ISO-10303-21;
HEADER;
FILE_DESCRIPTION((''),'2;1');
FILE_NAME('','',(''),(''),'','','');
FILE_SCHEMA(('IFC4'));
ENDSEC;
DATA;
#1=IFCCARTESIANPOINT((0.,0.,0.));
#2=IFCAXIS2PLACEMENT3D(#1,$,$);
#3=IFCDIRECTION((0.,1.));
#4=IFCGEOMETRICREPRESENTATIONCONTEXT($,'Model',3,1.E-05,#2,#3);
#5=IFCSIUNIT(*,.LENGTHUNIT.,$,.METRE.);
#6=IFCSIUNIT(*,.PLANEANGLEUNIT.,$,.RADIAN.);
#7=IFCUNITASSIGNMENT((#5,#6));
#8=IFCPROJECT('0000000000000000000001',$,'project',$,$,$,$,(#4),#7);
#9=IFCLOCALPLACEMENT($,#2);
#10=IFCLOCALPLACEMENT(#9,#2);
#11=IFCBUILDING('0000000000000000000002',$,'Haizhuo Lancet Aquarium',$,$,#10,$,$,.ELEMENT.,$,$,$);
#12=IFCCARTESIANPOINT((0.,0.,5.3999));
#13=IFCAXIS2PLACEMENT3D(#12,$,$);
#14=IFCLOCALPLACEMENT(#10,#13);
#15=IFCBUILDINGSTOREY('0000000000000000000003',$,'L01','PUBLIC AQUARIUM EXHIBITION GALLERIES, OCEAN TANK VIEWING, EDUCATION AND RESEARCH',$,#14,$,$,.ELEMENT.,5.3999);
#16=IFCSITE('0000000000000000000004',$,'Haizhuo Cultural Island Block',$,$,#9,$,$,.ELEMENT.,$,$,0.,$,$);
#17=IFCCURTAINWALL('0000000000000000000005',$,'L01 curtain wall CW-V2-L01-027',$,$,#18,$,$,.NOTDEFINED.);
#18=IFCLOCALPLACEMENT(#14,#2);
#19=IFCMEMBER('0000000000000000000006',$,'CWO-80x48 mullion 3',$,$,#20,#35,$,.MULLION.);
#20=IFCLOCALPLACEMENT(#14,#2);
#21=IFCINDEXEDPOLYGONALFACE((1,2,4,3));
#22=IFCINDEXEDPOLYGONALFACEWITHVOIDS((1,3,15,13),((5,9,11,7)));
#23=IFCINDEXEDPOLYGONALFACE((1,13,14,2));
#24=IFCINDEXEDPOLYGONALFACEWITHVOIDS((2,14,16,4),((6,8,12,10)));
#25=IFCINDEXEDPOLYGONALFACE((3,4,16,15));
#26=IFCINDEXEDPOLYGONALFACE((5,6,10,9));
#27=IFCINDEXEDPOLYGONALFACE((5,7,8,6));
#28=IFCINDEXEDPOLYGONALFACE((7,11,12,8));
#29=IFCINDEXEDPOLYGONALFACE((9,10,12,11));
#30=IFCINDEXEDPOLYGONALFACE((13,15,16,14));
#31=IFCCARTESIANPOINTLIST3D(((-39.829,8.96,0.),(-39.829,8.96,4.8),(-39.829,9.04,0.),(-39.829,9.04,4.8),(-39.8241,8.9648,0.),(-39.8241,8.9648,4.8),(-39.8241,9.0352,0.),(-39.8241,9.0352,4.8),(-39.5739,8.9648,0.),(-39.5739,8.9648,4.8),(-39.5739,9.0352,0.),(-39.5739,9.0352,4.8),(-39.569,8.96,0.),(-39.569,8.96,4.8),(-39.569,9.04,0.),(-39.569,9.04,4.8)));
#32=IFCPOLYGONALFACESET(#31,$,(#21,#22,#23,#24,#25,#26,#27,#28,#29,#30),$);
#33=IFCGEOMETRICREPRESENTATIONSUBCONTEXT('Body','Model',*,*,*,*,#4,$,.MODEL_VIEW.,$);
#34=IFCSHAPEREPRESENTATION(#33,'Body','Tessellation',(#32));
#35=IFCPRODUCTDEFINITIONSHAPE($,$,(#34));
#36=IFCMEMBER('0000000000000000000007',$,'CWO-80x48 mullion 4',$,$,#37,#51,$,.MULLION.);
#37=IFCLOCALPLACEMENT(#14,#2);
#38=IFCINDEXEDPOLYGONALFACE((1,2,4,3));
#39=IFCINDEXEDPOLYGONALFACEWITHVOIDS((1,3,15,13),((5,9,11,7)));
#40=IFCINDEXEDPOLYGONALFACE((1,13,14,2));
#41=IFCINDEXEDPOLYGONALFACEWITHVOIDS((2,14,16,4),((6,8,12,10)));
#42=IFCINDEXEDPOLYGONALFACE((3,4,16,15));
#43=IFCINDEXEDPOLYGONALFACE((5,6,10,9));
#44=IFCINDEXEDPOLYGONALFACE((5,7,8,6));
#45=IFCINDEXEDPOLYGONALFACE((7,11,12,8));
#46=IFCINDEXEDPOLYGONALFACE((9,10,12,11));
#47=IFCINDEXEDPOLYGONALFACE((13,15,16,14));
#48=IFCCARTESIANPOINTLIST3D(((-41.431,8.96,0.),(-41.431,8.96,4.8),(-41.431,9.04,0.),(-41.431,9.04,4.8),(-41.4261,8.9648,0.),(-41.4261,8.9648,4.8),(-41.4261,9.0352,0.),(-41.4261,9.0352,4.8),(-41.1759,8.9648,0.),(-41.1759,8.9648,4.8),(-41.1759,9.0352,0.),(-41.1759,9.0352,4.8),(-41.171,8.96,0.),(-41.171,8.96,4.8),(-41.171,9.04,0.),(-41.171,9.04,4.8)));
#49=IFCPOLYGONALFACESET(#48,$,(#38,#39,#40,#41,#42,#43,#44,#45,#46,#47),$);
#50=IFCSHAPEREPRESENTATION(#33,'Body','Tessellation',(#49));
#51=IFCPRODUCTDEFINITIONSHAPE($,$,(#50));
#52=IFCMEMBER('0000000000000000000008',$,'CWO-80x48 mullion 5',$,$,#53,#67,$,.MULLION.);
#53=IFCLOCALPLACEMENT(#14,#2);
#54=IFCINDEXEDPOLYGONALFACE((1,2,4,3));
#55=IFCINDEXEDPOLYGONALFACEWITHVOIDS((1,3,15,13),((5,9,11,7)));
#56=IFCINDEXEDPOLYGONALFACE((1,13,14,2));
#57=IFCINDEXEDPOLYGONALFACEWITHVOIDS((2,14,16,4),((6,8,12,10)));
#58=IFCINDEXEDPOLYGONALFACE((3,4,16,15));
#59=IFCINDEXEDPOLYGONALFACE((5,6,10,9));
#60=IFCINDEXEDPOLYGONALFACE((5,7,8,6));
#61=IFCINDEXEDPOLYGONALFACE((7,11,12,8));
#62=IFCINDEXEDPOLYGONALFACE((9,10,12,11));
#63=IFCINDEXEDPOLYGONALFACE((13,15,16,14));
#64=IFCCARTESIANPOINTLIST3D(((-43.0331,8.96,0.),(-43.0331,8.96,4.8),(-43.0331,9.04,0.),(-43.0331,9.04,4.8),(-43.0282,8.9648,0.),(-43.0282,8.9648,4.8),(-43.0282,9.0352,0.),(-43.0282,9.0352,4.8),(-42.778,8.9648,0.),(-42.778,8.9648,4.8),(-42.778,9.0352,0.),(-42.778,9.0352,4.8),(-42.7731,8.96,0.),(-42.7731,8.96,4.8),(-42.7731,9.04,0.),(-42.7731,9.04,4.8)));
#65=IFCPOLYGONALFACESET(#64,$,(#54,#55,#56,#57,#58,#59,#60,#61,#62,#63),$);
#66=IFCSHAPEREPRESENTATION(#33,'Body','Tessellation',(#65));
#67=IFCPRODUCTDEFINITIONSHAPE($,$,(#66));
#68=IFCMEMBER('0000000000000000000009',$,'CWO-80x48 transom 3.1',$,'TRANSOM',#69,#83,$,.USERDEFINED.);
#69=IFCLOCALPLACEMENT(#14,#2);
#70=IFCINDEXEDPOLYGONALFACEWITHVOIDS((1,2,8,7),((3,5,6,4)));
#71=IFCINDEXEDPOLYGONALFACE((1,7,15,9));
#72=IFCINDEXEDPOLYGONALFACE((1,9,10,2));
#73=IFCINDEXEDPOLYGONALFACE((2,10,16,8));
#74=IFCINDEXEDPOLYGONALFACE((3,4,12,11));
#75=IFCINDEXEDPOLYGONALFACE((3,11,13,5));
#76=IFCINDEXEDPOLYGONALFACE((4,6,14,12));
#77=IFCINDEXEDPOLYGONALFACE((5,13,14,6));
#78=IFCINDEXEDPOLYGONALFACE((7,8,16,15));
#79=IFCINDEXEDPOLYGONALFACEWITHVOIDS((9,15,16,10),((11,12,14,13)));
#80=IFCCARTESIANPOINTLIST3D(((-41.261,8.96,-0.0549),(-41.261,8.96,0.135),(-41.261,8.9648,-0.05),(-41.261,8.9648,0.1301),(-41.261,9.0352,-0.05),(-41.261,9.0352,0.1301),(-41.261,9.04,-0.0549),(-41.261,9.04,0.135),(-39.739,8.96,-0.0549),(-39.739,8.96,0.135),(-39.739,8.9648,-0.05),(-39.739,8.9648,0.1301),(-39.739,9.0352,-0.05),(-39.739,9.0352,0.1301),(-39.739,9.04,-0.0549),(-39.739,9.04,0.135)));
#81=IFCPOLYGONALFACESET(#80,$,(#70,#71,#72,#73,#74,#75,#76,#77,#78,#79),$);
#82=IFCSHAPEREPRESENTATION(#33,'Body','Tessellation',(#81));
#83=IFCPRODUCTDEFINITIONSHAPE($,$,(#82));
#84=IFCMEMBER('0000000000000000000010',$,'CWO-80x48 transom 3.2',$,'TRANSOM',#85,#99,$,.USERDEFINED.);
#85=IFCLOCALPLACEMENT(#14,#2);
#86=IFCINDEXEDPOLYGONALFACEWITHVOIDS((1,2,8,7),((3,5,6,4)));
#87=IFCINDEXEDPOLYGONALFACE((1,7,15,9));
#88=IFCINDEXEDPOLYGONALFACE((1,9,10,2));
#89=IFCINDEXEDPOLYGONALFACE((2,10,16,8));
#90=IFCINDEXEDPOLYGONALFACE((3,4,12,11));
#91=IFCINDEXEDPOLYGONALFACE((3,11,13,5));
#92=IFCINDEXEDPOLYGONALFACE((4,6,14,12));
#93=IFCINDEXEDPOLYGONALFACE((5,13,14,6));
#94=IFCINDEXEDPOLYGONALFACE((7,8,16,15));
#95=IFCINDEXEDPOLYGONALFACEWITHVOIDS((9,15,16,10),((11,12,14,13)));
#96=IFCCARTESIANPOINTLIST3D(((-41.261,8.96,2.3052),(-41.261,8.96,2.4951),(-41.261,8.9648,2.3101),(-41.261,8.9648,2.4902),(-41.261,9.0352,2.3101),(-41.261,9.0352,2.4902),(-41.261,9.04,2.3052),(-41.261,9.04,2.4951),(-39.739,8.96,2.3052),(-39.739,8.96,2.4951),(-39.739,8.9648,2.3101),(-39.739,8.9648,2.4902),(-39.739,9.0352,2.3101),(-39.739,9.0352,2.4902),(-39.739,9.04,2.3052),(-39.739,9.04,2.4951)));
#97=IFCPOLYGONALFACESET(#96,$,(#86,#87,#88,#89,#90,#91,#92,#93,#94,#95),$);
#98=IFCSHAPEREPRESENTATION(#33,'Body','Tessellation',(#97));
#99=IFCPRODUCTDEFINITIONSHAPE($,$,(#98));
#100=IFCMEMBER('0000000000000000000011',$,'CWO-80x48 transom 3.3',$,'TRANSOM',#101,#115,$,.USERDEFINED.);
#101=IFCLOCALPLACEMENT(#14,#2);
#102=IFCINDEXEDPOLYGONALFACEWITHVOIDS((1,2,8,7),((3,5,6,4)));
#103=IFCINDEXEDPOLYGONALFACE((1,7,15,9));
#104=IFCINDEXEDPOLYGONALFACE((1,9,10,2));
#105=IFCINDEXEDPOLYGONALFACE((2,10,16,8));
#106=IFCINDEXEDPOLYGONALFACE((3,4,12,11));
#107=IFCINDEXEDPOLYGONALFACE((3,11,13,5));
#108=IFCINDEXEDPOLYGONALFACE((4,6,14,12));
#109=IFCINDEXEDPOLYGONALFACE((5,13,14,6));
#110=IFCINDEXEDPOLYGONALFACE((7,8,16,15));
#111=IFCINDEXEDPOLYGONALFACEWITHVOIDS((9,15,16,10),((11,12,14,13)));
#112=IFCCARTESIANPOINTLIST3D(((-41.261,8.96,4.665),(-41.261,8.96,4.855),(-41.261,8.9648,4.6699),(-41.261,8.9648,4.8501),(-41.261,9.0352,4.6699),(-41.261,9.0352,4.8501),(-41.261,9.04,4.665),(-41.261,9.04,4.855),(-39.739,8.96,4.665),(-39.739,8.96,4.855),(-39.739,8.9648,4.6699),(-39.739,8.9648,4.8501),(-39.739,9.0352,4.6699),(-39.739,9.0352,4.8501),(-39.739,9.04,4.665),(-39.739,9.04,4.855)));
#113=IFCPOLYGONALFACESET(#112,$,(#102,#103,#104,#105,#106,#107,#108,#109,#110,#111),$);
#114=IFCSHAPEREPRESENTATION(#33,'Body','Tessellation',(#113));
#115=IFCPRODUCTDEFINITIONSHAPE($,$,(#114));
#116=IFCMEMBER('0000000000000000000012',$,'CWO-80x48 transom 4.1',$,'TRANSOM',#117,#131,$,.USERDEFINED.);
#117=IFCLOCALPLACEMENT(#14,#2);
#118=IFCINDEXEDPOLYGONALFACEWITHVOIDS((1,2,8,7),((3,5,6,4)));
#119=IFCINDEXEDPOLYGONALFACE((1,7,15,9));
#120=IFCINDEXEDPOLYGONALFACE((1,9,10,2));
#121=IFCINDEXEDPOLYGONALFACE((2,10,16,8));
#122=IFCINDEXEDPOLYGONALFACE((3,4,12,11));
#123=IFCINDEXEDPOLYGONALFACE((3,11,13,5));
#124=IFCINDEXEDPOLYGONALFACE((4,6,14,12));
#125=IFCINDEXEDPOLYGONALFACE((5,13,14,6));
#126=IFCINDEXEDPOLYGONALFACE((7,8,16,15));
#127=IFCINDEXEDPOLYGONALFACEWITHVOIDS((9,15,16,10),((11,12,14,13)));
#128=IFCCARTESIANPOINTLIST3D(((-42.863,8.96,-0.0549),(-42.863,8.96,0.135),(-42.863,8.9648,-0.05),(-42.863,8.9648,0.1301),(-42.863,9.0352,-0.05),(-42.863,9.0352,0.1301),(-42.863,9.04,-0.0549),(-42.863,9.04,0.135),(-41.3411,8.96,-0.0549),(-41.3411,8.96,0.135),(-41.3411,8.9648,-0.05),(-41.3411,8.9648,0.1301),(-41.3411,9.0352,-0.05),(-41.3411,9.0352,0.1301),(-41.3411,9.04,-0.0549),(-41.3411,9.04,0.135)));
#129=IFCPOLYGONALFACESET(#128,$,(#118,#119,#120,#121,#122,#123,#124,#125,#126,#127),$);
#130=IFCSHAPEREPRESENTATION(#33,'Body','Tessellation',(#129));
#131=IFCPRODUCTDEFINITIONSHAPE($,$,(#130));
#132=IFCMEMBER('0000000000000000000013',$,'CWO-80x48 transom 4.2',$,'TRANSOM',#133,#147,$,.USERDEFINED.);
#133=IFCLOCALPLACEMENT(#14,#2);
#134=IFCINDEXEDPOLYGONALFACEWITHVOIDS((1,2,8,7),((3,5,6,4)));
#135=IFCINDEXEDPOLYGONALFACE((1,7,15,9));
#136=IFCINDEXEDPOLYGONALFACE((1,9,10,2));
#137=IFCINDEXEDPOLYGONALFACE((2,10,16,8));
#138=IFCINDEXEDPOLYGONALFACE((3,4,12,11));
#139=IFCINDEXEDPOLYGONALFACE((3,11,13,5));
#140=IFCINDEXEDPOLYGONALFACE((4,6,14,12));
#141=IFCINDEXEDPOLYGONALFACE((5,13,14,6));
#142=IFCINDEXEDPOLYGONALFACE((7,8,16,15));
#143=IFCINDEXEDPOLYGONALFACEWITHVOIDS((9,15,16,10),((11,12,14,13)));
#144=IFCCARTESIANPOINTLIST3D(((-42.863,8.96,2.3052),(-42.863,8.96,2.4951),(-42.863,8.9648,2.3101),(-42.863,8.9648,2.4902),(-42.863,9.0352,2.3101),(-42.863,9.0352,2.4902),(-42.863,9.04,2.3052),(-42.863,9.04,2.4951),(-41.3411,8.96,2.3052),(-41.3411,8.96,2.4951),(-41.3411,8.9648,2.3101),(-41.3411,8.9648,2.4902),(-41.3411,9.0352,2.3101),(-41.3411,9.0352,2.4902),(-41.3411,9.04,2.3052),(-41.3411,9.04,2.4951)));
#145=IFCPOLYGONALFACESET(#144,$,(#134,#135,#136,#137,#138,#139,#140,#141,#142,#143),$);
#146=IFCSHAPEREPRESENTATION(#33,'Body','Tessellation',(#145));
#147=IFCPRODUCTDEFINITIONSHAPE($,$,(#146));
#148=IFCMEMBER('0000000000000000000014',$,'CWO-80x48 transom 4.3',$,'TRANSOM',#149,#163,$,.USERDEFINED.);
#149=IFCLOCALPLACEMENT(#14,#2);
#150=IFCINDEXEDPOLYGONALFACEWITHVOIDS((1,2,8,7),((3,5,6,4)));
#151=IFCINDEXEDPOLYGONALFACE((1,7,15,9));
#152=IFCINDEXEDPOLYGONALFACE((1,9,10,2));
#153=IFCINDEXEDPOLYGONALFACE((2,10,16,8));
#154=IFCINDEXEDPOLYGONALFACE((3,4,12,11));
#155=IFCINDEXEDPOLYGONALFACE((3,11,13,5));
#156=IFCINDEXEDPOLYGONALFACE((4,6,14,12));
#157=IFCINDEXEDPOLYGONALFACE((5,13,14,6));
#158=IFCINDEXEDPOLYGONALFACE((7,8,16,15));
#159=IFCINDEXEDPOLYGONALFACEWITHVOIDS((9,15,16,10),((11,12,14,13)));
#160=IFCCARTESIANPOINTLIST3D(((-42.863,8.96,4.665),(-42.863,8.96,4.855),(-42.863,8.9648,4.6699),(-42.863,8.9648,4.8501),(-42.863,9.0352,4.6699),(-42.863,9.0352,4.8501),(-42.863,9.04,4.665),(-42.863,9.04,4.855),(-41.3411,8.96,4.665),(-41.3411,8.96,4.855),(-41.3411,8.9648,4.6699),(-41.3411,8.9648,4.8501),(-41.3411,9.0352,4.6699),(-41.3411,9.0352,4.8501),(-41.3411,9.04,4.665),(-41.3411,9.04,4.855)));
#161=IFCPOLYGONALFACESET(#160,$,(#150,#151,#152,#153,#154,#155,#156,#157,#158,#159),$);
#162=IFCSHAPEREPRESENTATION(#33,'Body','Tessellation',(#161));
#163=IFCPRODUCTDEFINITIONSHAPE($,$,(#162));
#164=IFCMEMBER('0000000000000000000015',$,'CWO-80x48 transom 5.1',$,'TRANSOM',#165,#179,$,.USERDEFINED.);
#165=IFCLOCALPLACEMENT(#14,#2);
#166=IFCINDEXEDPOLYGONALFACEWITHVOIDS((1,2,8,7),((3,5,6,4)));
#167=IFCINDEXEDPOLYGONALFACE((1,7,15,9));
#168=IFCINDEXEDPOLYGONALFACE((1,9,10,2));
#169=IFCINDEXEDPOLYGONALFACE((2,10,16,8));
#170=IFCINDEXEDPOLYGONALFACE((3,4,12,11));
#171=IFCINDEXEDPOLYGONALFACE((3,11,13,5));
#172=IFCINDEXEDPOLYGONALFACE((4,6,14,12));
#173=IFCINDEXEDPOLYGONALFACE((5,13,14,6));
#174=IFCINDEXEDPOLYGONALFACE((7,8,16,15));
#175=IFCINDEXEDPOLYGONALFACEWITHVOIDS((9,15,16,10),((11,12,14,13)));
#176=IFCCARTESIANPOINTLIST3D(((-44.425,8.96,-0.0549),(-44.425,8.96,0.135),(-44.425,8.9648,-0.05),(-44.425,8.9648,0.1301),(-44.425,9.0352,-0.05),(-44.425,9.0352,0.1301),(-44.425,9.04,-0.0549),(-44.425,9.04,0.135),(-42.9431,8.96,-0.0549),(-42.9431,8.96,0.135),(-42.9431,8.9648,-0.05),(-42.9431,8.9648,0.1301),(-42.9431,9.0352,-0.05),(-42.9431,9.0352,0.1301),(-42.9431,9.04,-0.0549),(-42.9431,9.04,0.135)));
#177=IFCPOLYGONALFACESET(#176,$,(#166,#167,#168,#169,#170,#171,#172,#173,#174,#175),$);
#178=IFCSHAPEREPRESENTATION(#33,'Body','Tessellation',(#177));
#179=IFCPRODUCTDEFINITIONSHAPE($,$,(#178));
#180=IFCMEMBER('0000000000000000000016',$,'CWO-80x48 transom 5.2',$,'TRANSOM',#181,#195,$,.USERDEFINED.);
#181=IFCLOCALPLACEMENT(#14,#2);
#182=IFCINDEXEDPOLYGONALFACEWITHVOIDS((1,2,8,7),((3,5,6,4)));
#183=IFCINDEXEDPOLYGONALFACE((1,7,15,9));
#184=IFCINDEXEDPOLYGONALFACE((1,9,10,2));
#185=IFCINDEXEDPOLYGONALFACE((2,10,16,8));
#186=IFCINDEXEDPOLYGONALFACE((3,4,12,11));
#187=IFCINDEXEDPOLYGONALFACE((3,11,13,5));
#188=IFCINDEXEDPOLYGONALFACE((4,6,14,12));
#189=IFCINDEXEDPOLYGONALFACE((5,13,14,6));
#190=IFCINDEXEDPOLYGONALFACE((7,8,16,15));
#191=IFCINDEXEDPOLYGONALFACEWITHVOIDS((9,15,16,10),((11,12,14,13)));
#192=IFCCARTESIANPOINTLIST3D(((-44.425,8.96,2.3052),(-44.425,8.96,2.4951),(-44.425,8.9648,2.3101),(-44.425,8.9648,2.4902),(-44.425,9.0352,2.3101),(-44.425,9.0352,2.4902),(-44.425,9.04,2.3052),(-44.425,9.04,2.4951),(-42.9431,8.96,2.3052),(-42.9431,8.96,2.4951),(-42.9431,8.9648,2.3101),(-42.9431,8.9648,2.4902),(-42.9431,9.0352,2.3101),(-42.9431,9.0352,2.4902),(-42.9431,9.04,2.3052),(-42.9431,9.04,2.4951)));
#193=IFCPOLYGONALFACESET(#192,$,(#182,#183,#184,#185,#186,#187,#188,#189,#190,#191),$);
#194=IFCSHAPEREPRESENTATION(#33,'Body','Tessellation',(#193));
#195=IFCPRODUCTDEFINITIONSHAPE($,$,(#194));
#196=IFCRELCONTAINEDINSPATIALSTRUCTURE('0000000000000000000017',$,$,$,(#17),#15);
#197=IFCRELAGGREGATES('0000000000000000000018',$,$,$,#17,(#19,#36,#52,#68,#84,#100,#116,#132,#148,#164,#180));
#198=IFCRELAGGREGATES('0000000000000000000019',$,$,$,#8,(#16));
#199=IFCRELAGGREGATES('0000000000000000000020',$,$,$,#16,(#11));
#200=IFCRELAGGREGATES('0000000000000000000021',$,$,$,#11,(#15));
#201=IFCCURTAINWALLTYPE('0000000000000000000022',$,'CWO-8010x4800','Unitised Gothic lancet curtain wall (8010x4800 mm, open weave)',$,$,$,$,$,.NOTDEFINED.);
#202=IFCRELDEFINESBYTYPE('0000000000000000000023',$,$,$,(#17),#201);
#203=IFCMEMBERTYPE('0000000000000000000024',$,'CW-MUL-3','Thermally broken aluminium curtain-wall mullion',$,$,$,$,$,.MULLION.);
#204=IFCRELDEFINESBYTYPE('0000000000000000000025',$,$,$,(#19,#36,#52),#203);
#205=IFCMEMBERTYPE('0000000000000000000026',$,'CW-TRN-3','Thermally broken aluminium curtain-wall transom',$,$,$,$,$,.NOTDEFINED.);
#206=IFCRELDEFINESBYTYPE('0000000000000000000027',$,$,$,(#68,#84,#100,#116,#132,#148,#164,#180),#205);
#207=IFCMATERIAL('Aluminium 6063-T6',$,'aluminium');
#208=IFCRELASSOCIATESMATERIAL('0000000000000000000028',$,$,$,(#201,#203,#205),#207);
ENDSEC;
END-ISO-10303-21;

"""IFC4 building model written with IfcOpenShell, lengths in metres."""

from ifc_helpers import new_model, si_unit, direction, frame, origin, origin_2d, place, context, subcontext, project, spatial, hollow_rectangle, extrude, material, material_profile, profile_set, type_object, element, aggregate, save


model = new_model("IFC4")

# Units and contexts
model_context = context("Model", 3, precision=1e-05, world=origin(), true_north=direction((0.0, 1.0)))
body_context = subcontext(model_context, "Body", "Model", "MODEL_VIEW")
ifc_project = project(units=[si_unit("LENGTHUNIT", "METRE"), si_unit("PLANEANGLEUNIT", "RADIAN")], contexts=[model_context])

# Site, building, storey
site_placement = place(None, origin())
site = spatial("IfcSite", under=ifc_project, at=site_placement, Name="Haizhuo Cultural Island Block", CompositionType="ELEMENT", RefElevation=0.0)
building_placement = place(site_placement, origin())
building = spatial("IfcBuilding", under=site, at=building_placement, Name="Haizhuo Lancet Aquarium", CompositionType="ELEMENT")
storey_placement = place(building_placement, frame((0.0, 0.0, 5.3999)))
storey = spatial("IfcBuildingStorey", under=building, at=storey_placement, Name="L01", Description="PUBLIC AQUARIUM EXHIBITION GALLERIES, OCEAN TANK VIEWING, EDUCATION AND RESEARCH", CompositionType="ELEMENT", Elevation=5.3999)

# Curtain wall, members
ifc_material_1 = material(Name="Aluminium 6063-T6", Category="aluminium")
curtain_wall_type = type_object("IfcCurtainWallType", Name="CWO-8010x4800", Description="Unitised Gothic lancet curtain wall (8010x4800 mm, open weave)", PredefinedType="NOTDEFINED", material=ifc_material_1)
curtain_wall_placement = place(storey_placement, origin())
curtain_wall = element("IfcCurtainWall", 1, at=curtain_wall_placement, inside=storey, type_object=curtain_wall_type, Name="L01 curtain wall CW-V2-L01-027", PredefinedType="NOTDEFINED")
ifc_material_profile_1 = material_profile(ifc_material_1, hollow_rectangle(XDim=0.0801, YDim=0.26, WallThickness=0.0049, at=origin_2d()), Name="ALU-M 80x260x5")
ifc_profile_set_1 = profile_set([ifc_material_profile_1], Name="Aluminium 6063-T6")
member_type_1 = type_object("IfcMemberType", Name="CW-MUL-3", Description="Thermally broken aluminium curtain-wall mullion", PredefinedType="MULLION", material=ifc_profile_set_1)
member_1_placement = place(storey_placement, frame((-39.699, 9.0, 0.0), z_axis=(0.0, 0.0, 1.0), x_axis=(0.0, -1.0, 0.0)))
member_1 = element("IfcMember", 2, at=member_1_placement, type_object=member_type_1, Name="CWO-80x48 mullion 3", PredefinedType="MULLION", context=body_context, shape_type="SweptSolid", body=[
    extrude(hollow_rectangle(XDim=0.0801, YDim=0.26, WallThickness=0.0049, at=origin_2d()), origin(), (0.0, 0.0, 1.0), 4.8),
])
member_2_placement = place(storey_placement, frame((-41.301, 9.0, 0.0), z_axis=(0.0, 0.0, 1.0), x_axis=(0.0, -1.0, 0.0)))
member_2 = element("IfcMember", 3, at=member_2_placement, type_object=member_type_1, Name="CWO-80x48 mullion 4", PredefinedType="MULLION", context=body_context, shape_type="SweptSolid", body=[
    extrude(hollow_rectangle(XDim=0.0801, YDim=0.26, WallThickness=0.0049, at=origin_2d()), origin(), (0.0, 0.0, 1.0), 4.8),
])
member_3_placement = place(storey_placement, frame((-42.9031, 9.0, 0.0), z_axis=(0.0, 0.0, 1.0), x_axis=(0.0, -1.0, 0.0)))
member_3 = element("IfcMember", 4, at=member_3_placement, type_object=member_type_1, Name="CWO-80x48 mullion 5", PredefinedType="MULLION", context=body_context, shape_type="SweptSolid", body=[
    extrude(hollow_rectangle(XDim=0.0801, YDim=0.26, WallThickness=0.0049, at=origin_2d()), origin(), (0.0, 0.0, 1.0), 4.8),
])
ifc_material_profile_2 = material_profile(ifc_material_1, hollow_rectangle(XDim=0.0801, YDim=0.1899, WallThickness=0.0049, at=origin_2d()), Name="ALU-T 80x190x5")
ifc_profile_set_2 = profile_set([ifc_material_profile_2], Name="Aluminium 6063-T6")
member_type_2 = type_object("IfcMemberType", Name="CW-TRN-3", Description="Thermally broken aluminium curtain-wall transom", PredefinedType="NOTDEFINED", material=ifc_profile_set_2)
member_4_placement = place(storey_placement, frame((-39.739, 9.0, 0.04), z_axis=(-1.0, 0.0, 0.0), x_axis=(0.0, -1.0, 0.0)))
member_4 = element("IfcMember", 5, at=member_4_placement, type_object=member_type_2, Name="CWO-80x48 transom 3.1", ObjectType="TRANSOM", PredefinedType="USERDEFINED", context=body_context, shape_type="SweptSolid", body=[
    extrude(hollow_rectangle(XDim=0.0801, YDim=0.1899, WallThickness=0.0049, at=origin_2d()), origin(), (0.0, 0.0, 1.0), 1.522),
])
member_5_placement = place(storey_placement, frame((-39.739, 9.0, 2.4001), z_axis=(-1.0, 0.0, 0.0), x_axis=(0.0, -1.0, 0.0)))
member_5 = element("IfcMember", 6, at=member_5_placement, type_object=member_type_2, Name="CWO-80x48 transom 3.2", ObjectType="TRANSOM", PredefinedType="USERDEFINED", context=body_context, shape_type="SweptSolid", body=[
    extrude(hollow_rectangle(XDim=0.0801, YDim=0.1899, WallThickness=0.0049, at=origin_2d()), origin(), (0.0, 0.0, 1.0), 1.522),
])
member_6_placement = place(storey_placement, frame((-39.739, 9.0, 4.76), z_axis=(-1.0, 0.0, 0.0), x_axis=(0.0, -1.0, 0.0)))
member_6 = element("IfcMember", 7, at=member_6_placement, type_object=member_type_2, Name="CWO-80x48 transom 3.3", ObjectType="TRANSOM", PredefinedType="USERDEFINED", context=body_context, shape_type="SweptSolid", body=[
    extrude(hollow_rectangle(XDim=0.0801, YDim=0.1899, WallThickness=0.0049, at=origin_2d()), origin(), (0.0, 0.0, 1.0), 1.522),
])
member_7_placement = place(storey_placement, frame((-41.3411, 9.0, 0.04), z_axis=(-1.0, 0.0, 0.0), x_axis=(0.0, -1.0, 0.0)))
member_7 = element("IfcMember", 8, at=member_7_placement, type_object=member_type_2, Name="CWO-80x48 transom 4.1", ObjectType="TRANSOM", PredefinedType="USERDEFINED", context=body_context, shape_type="SweptSolid", body=[
    extrude(hollow_rectangle(XDim=0.0801, YDim=0.1899, WallThickness=0.0049, at=origin_2d()), origin(), (0.0, 0.0, 1.0), 1.522),
])
member_8_placement = place(storey_placement, frame((-41.3411, 9.0, 2.4001), z_axis=(-1.0, 0.0, 0.0), x_axis=(0.0, -1.0, 0.0)))
member_8 = element("IfcMember", 9, at=member_8_placement, type_object=member_type_2, Name="CWO-80x48 transom 4.2", ObjectType="TRANSOM", PredefinedType="USERDEFINED", context=body_context, shape_type="SweptSolid", body=[
    extrude(hollow_rectangle(XDim=0.0801, YDim=0.1899, WallThickness=0.0049, at=origin_2d()), origin(), (0.0, 0.0, 1.0), 1.522),
])
member_9_placement = place(storey_placement, frame((-41.3411, 9.0, 4.76), z_axis=(-1.0, 0.0, 0.0), x_axis=(0.0, -1.0, 0.0)))
member_9 = element("IfcMember", 10, at=member_9_placement, type_object=member_type_2, Name="CWO-80x48 transom 4.3", ObjectType="TRANSOM", PredefinedType="USERDEFINED", context=body_context, shape_type="SweptSolid", body=[
    extrude(hollow_rectangle(XDim=0.0801, YDim=0.1899, WallThickness=0.0049, at=origin_2d()), origin(), (0.0, 0.0, 1.0), 1.522),
])
member_10_placement = place(storey_placement, frame((-42.9431, 9.0, 0.04), z_axis=(-1.0, 0.0, 0.0), x_axis=(0.0, -1.0, 0.0)))
member_10 = element("IfcMember", 11, at=member_10_placement, type_object=member_type_2, Name="CWO-80x48 transom 5.1", ObjectType="TRANSOM", PredefinedType="USERDEFINED", context=body_context, shape_type="SweptSolid", body=[
    extrude(hollow_rectangle(XDim=0.0801, YDim=0.1899, WallThickness=0.0049, at=origin_2d()), origin(), (0.0, 0.0, 1.0), 1.4819),
])
member_11_placement = place(storey_placement, frame((-42.9431, 9.0, 2.4001), z_axis=(-1.0, 0.0, 0.0), x_axis=(0.0, -1.0, 0.0)))
member_11 = element("IfcMember", 12, at=member_11_placement, type_object=member_type_2, Name="CWO-80x48 transom 5.2", ObjectType="TRANSOM", PredefinedType="USERDEFINED", context=body_context, shape_type="SweptSolid", body=[
    extrude(hollow_rectangle(XDim=0.0801, YDim=0.1899, WallThickness=0.0049, at=origin_2d()), origin(), (0.0, 0.0, 1.0), 1.4819),
])

aggregate(curtain_wall, [member_1, member_2, member_3, member_4, member_5, member_6, member_7, member_8, member_9, member_10, member_11])

save(model, "model.ifc")
